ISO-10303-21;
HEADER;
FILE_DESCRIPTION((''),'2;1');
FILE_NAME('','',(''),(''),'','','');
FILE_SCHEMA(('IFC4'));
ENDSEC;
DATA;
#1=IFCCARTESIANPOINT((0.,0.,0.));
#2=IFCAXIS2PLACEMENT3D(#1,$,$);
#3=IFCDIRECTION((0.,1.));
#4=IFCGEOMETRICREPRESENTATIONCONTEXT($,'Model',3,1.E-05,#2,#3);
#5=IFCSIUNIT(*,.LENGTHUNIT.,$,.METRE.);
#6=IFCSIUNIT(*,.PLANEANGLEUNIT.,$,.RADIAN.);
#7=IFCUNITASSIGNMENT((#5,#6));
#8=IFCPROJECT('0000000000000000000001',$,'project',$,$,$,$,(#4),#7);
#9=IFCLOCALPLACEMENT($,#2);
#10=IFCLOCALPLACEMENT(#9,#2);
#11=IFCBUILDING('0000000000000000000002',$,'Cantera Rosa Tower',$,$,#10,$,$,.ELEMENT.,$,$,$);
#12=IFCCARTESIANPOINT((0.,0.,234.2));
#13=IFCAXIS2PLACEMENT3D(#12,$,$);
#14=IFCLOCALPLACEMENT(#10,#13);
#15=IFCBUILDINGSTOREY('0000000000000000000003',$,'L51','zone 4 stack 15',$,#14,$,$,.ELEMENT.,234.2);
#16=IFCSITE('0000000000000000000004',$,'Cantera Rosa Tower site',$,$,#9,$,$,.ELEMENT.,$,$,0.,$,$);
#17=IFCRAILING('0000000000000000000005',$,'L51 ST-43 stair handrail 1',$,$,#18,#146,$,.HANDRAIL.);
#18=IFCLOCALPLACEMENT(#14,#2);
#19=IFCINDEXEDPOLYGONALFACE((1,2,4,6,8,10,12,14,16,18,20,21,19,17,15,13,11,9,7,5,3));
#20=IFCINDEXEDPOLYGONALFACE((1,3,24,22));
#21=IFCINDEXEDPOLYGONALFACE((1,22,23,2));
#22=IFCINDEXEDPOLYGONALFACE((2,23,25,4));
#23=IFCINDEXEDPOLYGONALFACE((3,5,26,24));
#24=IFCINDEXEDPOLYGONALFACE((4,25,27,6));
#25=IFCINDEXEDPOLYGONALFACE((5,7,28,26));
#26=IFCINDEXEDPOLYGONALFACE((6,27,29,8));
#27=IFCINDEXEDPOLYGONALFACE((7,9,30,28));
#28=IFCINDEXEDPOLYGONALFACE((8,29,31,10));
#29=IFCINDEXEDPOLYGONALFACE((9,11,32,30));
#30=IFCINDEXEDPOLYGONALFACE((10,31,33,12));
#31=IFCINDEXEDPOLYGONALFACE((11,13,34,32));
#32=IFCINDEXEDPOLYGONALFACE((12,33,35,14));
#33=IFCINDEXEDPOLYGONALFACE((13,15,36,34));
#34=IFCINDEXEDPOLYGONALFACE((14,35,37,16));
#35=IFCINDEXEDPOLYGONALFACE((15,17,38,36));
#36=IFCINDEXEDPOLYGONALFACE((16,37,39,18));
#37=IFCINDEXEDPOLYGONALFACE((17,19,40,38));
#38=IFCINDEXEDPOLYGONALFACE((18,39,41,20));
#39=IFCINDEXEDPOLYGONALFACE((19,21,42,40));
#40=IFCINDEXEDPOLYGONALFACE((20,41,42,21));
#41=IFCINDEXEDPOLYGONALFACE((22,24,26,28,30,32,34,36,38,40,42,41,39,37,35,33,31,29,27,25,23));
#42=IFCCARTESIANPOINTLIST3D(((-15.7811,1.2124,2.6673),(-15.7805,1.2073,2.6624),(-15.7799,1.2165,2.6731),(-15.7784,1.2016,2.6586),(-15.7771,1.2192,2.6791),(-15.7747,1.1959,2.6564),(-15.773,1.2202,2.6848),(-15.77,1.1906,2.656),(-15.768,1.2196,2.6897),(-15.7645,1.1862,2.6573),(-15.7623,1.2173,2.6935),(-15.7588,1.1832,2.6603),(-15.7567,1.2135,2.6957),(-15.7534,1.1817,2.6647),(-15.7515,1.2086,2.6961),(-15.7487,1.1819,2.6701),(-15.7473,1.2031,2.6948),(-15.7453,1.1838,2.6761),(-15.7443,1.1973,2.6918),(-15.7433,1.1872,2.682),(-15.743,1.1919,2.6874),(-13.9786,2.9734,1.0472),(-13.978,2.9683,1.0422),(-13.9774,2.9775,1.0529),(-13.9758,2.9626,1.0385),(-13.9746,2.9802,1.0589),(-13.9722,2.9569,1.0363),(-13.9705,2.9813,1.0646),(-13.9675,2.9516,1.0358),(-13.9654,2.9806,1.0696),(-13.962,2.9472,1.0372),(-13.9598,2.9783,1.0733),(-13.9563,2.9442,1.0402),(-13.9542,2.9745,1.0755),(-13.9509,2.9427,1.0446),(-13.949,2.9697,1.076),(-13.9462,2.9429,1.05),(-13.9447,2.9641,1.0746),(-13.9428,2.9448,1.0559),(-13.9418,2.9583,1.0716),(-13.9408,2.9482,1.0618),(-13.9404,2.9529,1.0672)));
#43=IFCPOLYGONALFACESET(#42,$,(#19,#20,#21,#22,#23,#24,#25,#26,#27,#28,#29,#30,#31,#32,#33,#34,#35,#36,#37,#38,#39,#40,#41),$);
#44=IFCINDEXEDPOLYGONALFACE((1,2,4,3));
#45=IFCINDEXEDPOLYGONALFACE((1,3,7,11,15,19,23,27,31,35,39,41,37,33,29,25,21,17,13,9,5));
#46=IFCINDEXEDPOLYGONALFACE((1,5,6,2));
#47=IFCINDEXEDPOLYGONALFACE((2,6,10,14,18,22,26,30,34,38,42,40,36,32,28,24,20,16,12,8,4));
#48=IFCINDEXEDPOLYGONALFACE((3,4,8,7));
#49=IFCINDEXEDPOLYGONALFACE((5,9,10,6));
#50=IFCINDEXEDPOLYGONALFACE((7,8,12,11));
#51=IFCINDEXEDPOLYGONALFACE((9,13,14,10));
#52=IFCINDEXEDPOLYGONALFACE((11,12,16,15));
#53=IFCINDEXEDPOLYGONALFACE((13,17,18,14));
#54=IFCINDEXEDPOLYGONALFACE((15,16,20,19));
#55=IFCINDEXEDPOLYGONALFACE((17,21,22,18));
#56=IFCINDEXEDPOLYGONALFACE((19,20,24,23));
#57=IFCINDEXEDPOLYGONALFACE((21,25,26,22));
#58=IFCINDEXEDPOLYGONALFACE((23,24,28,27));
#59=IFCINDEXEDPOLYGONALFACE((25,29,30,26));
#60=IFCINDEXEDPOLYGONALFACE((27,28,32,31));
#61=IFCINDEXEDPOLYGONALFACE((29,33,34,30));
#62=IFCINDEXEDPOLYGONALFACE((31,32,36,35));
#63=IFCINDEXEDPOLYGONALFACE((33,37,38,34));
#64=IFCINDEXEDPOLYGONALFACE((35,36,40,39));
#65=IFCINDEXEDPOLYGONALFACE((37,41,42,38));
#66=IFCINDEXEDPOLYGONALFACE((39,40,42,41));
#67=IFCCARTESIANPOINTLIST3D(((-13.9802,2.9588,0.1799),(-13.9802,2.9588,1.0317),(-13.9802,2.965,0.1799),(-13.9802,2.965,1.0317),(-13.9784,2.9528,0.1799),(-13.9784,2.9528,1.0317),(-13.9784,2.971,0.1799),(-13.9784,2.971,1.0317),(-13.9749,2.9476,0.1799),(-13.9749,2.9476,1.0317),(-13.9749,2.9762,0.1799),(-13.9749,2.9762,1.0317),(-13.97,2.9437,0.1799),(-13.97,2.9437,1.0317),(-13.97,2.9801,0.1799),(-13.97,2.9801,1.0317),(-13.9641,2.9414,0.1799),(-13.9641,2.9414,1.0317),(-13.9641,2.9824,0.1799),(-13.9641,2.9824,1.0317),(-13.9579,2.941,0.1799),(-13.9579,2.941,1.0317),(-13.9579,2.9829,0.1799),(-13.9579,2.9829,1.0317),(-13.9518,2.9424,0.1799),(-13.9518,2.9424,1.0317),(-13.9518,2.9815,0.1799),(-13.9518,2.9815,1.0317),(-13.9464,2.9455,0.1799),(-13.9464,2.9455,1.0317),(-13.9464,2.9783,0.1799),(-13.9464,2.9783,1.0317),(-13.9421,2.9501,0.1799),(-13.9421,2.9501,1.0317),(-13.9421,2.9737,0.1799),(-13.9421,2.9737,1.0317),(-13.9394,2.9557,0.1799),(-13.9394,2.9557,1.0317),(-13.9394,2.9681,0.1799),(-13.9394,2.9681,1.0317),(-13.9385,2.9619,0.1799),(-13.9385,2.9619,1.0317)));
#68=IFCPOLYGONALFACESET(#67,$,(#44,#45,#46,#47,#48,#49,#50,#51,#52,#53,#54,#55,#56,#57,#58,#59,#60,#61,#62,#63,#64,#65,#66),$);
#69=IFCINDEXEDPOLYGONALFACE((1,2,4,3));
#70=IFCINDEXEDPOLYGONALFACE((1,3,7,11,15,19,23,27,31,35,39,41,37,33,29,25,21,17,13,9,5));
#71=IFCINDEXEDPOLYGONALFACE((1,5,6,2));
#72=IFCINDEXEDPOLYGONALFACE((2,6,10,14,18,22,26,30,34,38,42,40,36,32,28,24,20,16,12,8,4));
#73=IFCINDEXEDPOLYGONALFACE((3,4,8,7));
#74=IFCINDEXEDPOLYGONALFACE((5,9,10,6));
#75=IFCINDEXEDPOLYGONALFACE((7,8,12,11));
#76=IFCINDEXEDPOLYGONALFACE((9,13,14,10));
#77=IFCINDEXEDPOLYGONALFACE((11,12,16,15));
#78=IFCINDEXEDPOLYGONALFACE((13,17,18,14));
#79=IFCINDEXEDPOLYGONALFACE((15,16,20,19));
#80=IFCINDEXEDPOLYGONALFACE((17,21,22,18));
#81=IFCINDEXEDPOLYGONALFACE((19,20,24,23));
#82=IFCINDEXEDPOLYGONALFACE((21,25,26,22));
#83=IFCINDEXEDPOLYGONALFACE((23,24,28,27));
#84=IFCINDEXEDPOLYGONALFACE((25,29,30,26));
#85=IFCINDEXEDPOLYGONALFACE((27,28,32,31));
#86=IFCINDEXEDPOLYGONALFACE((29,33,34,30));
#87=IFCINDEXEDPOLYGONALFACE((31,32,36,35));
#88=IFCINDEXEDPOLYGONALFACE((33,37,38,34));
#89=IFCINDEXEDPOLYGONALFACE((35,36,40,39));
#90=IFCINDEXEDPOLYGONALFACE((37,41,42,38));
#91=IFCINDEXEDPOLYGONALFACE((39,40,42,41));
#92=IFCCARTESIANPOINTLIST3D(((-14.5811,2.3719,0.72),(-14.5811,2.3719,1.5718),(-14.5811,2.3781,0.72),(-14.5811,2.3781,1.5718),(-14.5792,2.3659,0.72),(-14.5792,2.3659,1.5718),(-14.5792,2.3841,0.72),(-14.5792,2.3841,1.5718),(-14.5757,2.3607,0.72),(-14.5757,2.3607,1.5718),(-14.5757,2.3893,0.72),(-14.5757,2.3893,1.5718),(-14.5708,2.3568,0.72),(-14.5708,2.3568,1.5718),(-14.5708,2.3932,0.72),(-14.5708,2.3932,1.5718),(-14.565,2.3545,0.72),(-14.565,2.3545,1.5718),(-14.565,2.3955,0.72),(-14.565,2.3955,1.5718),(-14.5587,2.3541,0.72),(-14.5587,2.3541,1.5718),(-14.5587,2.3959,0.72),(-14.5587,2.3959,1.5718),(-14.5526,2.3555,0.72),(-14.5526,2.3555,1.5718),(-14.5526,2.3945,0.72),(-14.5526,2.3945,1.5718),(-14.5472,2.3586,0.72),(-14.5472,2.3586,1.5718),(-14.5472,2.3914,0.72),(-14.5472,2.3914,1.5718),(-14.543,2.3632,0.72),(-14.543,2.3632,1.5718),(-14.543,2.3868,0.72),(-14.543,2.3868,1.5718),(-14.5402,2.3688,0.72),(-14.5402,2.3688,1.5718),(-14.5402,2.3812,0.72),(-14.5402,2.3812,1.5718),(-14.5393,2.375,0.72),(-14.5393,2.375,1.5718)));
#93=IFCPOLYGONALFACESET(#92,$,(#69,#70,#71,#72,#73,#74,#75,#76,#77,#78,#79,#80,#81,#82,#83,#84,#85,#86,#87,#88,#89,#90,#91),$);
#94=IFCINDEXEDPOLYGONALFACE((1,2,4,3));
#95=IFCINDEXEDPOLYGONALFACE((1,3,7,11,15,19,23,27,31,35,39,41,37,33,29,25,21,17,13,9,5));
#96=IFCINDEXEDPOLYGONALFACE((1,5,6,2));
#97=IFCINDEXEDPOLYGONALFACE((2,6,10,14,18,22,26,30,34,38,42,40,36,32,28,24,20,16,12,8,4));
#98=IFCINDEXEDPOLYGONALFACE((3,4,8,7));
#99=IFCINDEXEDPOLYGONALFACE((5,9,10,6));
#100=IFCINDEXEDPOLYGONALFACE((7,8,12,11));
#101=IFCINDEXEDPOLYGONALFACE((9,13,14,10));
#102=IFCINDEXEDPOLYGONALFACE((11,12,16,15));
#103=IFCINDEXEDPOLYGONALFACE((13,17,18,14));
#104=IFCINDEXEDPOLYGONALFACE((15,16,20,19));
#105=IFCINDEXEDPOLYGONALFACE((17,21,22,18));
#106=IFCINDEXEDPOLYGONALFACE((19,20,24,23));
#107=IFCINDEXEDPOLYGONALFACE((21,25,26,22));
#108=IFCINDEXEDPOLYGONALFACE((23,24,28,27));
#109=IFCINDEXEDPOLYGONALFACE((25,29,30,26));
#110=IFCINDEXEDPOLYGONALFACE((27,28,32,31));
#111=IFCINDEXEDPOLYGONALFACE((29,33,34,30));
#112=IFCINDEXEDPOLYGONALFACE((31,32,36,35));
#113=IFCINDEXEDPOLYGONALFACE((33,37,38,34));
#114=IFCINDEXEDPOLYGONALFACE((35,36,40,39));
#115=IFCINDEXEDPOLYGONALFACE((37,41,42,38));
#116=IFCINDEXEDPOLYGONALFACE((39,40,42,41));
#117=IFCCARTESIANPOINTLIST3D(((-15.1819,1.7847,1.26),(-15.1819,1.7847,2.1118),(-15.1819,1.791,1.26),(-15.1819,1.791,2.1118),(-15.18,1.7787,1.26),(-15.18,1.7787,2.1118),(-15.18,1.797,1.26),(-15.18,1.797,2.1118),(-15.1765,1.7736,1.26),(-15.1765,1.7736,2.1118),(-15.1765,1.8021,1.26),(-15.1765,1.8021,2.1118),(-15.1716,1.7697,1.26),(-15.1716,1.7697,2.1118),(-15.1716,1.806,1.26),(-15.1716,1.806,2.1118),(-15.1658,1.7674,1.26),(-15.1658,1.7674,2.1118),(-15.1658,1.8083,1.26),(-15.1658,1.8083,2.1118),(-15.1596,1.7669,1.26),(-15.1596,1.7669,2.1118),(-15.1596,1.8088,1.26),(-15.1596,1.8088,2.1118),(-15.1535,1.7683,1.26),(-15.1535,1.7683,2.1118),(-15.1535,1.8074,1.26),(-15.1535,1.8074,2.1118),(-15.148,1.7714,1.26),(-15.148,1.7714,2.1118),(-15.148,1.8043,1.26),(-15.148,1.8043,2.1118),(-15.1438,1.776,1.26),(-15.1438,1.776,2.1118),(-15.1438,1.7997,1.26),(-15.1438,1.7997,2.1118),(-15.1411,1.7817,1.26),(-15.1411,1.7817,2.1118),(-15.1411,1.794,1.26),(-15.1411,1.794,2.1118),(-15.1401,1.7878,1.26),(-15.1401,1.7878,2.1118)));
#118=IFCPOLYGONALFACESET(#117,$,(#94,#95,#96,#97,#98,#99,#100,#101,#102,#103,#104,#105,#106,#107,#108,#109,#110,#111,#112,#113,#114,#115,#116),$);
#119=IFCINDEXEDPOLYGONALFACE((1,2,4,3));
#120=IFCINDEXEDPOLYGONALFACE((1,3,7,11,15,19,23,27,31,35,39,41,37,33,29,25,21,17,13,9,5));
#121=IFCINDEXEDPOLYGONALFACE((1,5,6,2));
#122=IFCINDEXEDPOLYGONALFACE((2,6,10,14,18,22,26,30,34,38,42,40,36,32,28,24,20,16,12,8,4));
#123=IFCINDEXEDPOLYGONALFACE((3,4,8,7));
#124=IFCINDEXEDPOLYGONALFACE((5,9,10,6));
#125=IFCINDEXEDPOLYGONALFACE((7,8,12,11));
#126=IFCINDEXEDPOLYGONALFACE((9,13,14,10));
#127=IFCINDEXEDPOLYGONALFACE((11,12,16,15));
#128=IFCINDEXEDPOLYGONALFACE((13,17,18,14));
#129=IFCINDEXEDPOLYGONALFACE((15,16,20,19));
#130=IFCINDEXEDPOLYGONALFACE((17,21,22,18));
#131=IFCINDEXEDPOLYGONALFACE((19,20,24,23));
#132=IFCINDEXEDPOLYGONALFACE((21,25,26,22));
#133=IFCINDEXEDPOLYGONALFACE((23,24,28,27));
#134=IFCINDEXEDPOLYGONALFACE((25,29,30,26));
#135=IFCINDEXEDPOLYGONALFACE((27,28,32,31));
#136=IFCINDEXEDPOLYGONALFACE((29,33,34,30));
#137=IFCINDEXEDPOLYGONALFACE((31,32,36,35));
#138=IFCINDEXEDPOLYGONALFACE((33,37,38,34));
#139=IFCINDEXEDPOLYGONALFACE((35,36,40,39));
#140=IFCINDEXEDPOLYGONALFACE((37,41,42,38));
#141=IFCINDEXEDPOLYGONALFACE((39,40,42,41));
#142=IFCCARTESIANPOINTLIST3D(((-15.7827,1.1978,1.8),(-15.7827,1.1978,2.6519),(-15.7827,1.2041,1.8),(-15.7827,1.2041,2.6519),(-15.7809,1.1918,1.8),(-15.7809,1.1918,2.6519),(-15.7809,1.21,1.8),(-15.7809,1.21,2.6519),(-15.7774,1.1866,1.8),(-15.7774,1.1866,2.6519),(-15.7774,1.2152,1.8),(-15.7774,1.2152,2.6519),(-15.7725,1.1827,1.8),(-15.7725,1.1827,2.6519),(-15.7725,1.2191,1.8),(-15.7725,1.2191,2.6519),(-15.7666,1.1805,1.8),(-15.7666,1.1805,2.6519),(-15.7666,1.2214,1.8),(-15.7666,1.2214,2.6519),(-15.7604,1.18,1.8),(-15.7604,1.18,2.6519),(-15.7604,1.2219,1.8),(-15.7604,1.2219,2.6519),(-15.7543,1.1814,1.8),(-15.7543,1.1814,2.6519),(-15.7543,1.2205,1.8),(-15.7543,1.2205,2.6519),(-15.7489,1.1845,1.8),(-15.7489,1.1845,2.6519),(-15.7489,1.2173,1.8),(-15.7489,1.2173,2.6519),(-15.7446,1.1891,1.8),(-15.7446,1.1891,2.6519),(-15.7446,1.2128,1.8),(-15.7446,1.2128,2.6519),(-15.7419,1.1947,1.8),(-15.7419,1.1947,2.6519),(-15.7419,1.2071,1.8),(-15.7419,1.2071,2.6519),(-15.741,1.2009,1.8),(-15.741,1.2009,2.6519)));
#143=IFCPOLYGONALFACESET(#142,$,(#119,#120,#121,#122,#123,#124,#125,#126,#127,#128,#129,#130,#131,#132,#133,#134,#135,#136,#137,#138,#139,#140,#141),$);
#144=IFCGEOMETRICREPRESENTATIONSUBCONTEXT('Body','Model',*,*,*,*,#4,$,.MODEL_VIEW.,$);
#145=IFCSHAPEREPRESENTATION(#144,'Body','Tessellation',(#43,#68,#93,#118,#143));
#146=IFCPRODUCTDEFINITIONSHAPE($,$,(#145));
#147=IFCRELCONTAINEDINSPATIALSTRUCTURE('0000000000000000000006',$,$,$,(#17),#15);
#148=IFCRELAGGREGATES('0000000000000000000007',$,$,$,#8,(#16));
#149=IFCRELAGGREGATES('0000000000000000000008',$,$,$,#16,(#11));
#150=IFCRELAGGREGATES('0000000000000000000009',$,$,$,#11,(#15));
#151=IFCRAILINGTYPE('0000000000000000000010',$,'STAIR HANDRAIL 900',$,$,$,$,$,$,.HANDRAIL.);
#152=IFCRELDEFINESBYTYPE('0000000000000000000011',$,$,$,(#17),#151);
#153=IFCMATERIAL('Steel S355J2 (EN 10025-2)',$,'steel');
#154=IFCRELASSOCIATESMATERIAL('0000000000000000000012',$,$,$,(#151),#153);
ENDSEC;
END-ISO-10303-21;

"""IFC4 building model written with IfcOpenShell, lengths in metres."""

from ifc_helpers import new_model, si_unit, direction, frame, origin, origin_2d, place, context, subcontext, project, spatial, circle, extrude, material, type_object, element, save


model = new_model("IFC4")

# Units and contexts
model_context = context("Model", 3, precision=1e-05, world=origin(), true_north=direction((0.0, 1.0)))
body_context = subcontext(model_context, "Body", "Model", "MODEL_VIEW")
ifc_project = project(units=[si_unit("LENGTHUNIT", "METRE"), si_unit("PLANEANGLEUNIT", "RADIAN")], contexts=[model_context])

# Site, building, storey
site_placement = place(None, origin())
site = spatial("IfcSite", under=ifc_project, at=site_placement, Name="Cantera Rosa Tower site", CompositionType="ELEMENT", RefElevation=0.0)
building_placement = place(site_placement, origin())
building = spatial("IfcBuilding", under=site, at=building_placement, Name="Cantera Rosa Tower", CompositionType="ELEMENT")
storey_placement = place(building_placement, frame((0.0, 0.0, 234.2)))
storey = spatial("IfcBuildingStorey", under=building, at=storey_placement, Name="L51", Description="zone 4 stack 15", CompositionType="ELEMENT", Elevation=234.2)

# Railing
ifc_material_1 = material(Name="Steel S355J2 (EN 10025-2)", Category="steel")
railing_type_1 = type_object("IfcRailingType", Name="STAIR HANDRAIL 900", PredefinedType="HANDRAIL", material=ifc_material_1)
railing_1_placement = place(storey_placement, frame((-13.9595, 2.9619, 0.1799)))
element("IfcRailing", 1, at=railing_1_placement, inside=storey, type_object=railing_type_1, Name="L51 ST-43 stair handrail 1", PredefinedType="HANDRAIL", context=body_context, shape_type="SweptSolid", body=[
    extrude(circle(Radius=0.0239, at=origin_2d()), frame((0.0, 0.0, 0.876), z_axis=(-0.601672, -0.587818, 0.540796), x_axis=(0.698824, -0.715294, 0.0)), (0.0, 0.0, 1.0), 2.9958),
    extrude(circle(Radius=0.021, at=origin_2d()), origin(), (0.0, 0.0, 1.0), 0.8518),
    extrude(circle(Radius=0.021, at=origin_2d()), frame((-0.6008, -0.5869, 0.54)), (0.0, 0.0, 1.0), 0.8518),
    extrude(circle(Radius=0.021, at=origin_2d()), frame((-1.2017, -1.1741, 1.0801)), (0.0, 0.0, 1.0), 0.8518),
    extrude(circle(Radius=0.021, at=origin_2d()), frame((-1.8025, -1.761, 1.6201)), (0.0, 0.0, 1.0), 0.8518),
])

save(model, "model.ifc")
